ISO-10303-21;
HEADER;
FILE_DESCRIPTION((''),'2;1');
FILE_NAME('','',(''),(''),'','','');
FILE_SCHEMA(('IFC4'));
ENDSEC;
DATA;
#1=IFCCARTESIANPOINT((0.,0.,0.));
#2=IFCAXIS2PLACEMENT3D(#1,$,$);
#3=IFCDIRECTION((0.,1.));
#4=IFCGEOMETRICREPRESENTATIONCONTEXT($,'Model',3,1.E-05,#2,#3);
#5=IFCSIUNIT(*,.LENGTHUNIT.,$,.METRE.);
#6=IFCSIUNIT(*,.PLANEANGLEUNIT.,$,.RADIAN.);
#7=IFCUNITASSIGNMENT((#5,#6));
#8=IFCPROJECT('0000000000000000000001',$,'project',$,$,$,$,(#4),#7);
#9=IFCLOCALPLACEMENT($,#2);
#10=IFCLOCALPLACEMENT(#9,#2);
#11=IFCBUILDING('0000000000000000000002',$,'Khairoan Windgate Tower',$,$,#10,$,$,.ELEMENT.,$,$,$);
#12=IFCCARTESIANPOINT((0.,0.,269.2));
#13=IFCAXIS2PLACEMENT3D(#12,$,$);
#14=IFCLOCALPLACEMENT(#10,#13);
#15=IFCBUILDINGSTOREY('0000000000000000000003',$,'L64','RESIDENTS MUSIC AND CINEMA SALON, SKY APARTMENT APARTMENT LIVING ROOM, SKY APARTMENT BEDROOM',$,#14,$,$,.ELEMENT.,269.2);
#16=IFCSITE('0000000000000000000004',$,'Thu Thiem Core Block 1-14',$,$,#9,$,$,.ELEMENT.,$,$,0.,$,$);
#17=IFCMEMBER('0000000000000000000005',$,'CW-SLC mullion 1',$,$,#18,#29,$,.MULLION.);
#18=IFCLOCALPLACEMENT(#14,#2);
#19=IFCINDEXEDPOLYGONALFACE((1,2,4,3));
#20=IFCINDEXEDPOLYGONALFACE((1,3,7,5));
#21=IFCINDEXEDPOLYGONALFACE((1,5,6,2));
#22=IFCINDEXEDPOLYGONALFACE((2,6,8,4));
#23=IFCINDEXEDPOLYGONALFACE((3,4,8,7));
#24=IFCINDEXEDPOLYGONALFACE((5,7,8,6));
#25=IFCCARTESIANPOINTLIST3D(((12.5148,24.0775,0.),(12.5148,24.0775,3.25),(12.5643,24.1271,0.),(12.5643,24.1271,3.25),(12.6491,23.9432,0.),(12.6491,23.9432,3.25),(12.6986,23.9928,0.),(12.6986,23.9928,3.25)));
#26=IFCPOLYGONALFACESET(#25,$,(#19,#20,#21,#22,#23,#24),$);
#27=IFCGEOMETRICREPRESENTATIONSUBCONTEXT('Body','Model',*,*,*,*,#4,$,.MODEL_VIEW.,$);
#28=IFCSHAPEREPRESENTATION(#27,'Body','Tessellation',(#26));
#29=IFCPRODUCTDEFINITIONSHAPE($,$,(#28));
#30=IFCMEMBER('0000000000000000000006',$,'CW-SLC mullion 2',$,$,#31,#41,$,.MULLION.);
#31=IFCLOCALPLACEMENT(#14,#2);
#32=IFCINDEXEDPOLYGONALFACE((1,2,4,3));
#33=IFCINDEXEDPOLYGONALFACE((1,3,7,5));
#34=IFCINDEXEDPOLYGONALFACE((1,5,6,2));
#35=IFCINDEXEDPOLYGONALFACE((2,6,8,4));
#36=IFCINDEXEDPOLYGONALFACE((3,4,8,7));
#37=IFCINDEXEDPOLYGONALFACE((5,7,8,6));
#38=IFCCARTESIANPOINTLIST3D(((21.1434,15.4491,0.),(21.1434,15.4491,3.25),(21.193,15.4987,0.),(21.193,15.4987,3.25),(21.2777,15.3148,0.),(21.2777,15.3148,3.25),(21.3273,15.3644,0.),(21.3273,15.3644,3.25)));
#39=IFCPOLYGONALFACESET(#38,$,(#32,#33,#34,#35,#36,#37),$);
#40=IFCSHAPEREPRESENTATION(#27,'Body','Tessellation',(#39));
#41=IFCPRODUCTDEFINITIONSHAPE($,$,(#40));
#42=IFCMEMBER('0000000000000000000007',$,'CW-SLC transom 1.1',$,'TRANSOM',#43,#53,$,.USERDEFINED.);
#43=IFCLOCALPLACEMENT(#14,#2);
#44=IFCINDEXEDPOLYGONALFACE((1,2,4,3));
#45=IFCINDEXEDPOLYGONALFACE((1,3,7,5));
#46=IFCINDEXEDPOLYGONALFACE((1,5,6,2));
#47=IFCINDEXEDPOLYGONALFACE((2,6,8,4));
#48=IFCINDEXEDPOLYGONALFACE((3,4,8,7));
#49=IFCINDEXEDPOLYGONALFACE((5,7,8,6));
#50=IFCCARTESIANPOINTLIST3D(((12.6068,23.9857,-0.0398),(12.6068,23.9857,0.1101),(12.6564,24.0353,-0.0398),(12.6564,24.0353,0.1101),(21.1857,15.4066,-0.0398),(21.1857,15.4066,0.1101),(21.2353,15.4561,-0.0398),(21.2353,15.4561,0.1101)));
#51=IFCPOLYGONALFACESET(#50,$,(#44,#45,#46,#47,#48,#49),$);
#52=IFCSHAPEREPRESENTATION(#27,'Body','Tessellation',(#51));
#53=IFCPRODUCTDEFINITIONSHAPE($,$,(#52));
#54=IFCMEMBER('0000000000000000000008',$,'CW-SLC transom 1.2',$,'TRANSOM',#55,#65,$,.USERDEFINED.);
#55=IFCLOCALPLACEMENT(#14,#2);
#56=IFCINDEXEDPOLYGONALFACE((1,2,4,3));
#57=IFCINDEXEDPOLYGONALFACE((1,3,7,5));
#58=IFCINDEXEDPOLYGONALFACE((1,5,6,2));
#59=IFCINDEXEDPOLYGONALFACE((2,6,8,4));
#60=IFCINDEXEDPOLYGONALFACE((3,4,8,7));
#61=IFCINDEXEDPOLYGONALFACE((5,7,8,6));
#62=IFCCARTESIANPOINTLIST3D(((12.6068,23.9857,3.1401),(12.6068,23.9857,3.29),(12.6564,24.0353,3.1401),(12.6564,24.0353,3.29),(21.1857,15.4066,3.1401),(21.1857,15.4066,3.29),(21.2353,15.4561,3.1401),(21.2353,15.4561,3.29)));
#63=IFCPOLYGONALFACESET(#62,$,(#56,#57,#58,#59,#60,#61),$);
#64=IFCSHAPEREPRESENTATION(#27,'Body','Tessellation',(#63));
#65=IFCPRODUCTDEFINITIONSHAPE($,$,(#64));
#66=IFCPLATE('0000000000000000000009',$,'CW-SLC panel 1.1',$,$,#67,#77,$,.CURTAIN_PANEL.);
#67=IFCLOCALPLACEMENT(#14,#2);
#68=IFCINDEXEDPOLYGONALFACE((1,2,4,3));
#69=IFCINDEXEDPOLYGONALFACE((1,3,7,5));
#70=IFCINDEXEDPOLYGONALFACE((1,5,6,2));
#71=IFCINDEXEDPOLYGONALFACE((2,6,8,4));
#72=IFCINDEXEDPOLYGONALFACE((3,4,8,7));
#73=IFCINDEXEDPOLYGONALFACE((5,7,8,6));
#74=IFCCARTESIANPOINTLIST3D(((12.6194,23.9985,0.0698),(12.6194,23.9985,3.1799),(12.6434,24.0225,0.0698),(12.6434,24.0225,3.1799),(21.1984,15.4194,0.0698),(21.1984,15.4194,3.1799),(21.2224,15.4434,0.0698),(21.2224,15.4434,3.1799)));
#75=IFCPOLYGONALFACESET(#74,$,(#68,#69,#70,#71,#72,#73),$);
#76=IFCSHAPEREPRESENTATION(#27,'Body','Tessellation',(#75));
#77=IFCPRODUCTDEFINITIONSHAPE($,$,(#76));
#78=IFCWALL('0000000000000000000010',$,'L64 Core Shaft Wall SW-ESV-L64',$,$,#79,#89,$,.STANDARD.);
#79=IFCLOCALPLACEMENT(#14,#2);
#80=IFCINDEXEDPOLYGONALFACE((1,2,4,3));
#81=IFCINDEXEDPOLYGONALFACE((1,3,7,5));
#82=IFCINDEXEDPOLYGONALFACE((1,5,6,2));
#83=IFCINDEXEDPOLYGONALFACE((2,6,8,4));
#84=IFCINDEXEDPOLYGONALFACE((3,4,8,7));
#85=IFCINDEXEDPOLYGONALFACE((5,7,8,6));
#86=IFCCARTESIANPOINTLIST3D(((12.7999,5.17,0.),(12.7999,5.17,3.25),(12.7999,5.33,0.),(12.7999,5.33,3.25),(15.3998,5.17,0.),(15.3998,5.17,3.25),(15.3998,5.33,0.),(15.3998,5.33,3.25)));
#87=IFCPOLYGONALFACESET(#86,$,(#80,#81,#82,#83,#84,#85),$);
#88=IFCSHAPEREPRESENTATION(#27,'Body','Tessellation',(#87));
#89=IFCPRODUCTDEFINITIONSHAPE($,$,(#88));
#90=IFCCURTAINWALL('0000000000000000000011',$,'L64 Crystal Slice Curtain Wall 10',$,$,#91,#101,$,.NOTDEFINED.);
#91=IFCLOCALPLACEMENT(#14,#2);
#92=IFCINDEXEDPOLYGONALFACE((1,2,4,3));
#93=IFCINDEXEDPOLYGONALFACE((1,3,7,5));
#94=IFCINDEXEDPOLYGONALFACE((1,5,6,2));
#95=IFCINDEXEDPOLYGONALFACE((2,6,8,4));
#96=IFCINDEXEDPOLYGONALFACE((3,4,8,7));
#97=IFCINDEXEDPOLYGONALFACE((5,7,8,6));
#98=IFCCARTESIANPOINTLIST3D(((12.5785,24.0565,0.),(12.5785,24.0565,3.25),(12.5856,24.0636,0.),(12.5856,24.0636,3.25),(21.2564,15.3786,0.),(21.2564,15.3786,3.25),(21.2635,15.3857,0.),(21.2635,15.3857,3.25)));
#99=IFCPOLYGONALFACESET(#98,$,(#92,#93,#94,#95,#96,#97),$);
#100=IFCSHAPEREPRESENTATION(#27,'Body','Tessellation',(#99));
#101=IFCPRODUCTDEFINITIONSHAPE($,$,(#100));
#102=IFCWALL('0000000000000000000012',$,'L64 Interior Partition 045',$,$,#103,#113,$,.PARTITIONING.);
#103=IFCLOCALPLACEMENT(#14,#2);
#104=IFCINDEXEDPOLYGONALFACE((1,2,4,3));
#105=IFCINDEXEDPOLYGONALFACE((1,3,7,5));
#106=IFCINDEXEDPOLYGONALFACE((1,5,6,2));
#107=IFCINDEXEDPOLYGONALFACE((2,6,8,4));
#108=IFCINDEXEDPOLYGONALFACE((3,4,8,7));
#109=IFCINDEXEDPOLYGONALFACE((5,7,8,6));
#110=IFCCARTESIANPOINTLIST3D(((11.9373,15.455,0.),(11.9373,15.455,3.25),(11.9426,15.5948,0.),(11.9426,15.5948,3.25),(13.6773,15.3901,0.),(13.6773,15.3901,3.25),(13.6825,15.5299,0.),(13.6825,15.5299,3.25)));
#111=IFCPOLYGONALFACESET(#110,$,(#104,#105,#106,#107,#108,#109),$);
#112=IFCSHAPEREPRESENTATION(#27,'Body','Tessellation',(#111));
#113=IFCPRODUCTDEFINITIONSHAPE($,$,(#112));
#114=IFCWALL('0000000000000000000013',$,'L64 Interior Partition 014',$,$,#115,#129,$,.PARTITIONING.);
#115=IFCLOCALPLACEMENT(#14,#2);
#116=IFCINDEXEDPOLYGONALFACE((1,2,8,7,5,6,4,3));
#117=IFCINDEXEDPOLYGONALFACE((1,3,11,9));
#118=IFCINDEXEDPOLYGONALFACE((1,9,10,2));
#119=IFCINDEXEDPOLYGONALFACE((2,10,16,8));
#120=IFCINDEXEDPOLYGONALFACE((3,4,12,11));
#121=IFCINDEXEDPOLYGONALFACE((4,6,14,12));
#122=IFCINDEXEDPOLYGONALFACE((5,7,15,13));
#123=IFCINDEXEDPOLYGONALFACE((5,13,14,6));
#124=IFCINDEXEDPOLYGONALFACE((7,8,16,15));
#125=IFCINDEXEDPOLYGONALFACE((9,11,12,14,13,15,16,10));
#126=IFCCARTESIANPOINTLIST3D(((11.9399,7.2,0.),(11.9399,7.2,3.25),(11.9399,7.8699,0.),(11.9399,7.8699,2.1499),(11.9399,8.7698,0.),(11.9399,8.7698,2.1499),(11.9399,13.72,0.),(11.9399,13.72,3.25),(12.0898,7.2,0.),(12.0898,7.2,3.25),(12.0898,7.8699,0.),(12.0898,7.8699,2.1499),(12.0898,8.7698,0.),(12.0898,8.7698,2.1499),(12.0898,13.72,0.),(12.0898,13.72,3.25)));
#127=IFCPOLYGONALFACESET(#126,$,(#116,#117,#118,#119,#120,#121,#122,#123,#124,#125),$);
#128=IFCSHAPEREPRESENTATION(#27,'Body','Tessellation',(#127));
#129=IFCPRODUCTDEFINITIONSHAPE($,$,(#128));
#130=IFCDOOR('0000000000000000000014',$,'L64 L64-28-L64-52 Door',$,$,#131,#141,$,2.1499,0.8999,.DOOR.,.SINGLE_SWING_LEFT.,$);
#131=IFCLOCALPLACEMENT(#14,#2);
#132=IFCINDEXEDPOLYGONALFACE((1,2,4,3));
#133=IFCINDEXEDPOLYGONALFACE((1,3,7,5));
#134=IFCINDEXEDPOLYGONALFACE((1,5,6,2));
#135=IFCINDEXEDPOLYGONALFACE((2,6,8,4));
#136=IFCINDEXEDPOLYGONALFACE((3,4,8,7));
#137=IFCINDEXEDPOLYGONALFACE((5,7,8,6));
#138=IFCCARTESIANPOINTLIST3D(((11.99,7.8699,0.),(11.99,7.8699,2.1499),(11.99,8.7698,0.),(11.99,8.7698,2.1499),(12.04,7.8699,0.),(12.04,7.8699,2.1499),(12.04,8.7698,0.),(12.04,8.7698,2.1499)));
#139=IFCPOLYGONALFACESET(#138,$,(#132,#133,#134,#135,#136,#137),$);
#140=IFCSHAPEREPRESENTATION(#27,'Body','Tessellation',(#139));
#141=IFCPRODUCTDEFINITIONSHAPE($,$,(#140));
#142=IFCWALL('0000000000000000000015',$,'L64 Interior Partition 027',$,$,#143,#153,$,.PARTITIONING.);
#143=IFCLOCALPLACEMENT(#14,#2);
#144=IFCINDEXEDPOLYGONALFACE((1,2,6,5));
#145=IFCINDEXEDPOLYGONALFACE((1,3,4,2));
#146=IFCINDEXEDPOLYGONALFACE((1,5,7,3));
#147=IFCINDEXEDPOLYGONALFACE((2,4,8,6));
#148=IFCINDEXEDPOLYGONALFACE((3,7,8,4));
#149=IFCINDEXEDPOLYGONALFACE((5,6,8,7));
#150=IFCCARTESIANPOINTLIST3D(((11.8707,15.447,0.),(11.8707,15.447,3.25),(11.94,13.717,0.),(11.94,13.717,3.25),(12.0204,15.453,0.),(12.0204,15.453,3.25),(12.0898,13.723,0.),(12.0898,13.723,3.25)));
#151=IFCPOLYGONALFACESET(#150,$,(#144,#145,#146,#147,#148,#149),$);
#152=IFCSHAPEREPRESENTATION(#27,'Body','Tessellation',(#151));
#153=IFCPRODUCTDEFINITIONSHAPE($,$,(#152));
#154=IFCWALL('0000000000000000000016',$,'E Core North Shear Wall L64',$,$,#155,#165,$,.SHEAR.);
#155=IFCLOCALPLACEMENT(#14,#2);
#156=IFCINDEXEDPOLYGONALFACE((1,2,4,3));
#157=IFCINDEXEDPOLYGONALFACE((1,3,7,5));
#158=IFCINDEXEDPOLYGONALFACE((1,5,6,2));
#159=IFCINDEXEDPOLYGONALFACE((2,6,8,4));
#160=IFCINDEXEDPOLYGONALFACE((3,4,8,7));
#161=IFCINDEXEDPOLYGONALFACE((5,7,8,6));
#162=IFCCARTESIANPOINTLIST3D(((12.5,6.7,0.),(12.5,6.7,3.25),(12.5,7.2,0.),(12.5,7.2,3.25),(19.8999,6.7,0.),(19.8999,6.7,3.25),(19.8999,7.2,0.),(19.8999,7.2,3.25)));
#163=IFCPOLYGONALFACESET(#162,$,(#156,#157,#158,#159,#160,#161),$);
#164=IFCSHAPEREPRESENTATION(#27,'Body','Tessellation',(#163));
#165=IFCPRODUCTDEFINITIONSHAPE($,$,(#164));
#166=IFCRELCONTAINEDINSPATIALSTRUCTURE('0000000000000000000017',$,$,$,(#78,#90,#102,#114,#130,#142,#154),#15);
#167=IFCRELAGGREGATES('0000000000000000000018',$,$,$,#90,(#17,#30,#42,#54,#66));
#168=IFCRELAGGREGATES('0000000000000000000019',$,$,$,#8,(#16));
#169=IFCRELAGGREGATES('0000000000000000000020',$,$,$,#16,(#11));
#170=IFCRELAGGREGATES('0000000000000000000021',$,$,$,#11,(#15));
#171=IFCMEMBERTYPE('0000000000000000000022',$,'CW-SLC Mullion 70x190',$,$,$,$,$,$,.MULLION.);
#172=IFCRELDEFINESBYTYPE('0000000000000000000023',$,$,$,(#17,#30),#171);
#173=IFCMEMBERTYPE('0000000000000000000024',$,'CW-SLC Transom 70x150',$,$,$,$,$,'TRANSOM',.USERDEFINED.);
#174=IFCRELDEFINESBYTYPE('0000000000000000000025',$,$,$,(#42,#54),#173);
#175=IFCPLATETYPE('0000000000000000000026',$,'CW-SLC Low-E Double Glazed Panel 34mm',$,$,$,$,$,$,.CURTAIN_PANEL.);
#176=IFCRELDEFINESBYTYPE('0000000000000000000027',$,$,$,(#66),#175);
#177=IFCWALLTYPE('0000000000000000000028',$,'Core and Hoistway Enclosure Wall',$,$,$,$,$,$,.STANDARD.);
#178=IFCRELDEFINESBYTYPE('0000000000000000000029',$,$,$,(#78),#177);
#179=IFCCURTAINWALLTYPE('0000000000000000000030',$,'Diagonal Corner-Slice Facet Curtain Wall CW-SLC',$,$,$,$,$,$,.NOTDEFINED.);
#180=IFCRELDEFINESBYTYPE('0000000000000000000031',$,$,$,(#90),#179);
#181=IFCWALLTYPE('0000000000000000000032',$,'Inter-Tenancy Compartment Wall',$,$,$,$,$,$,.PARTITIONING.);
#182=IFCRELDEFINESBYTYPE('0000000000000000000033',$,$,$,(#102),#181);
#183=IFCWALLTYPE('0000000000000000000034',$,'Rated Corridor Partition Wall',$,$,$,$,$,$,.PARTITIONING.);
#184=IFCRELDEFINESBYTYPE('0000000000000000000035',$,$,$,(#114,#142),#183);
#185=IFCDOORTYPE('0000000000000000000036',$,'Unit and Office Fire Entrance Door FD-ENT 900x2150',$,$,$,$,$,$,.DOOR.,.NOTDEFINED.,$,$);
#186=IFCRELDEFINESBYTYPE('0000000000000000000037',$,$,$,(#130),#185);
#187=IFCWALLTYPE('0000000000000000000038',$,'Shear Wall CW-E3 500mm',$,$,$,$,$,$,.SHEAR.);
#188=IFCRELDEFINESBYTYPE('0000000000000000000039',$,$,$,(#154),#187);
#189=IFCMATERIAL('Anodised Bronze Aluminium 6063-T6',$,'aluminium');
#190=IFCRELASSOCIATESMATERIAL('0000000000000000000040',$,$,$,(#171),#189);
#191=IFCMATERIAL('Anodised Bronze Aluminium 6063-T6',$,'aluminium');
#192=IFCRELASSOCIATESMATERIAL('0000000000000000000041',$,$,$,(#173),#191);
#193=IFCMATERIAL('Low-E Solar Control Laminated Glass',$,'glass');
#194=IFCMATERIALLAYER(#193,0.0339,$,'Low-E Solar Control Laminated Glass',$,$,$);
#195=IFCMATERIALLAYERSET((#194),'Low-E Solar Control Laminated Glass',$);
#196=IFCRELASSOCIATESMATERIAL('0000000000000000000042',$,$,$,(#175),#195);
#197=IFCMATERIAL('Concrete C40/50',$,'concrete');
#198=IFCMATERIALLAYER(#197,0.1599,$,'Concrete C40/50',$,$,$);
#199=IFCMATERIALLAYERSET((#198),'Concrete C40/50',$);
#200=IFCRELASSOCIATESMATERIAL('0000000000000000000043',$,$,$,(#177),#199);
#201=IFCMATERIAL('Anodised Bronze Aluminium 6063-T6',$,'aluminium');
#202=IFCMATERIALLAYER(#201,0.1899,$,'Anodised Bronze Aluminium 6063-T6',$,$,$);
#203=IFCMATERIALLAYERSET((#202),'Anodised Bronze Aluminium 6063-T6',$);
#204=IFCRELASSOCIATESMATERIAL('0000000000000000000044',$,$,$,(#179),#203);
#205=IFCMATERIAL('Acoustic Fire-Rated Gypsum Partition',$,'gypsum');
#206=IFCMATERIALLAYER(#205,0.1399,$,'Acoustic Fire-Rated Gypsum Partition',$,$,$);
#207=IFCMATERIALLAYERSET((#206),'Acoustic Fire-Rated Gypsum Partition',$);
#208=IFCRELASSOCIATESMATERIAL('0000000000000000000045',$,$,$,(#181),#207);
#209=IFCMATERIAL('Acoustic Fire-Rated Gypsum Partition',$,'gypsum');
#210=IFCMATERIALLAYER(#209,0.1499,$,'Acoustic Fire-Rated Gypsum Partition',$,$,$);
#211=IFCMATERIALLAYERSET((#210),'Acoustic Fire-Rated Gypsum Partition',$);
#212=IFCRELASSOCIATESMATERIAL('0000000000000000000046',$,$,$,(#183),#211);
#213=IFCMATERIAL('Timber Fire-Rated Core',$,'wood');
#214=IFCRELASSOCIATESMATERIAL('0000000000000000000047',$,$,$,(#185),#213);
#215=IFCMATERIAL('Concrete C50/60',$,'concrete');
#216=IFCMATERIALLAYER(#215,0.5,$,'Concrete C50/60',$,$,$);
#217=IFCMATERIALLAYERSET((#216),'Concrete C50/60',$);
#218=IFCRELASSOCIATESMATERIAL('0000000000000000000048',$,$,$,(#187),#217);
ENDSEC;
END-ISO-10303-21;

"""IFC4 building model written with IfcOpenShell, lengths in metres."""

from ifc_helpers import new_model, si_unit, direction, frame, frame_2d, origin, origin_2d, place, context, subcontext, project, spatial, rectangle, extrude, material, layer, layer_set, material_profile, profile_set, type_object, element, fill, aggregate, save


model = new_model("IFC4")

# Units and contexts
model_context = context("Model", 3, precision=1e-05, world=origin(), true_north=direction((0.0, 1.0)))
body_context = subcontext(model_context, "Body", "Model", "MODEL_VIEW")
ifc_project = project(units=[si_unit("LENGTHUNIT", "METRE"), si_unit("PLANEANGLEUNIT", "RADIAN")], contexts=[model_context])

# Site, building, storey
site_placement = place(None, origin())
site = spatial("IfcSite", under=ifc_project, at=site_placement, Name="Thu Thiem Core Block 1-14", CompositionType="ELEMENT", RefElevation=0.0)
building_placement = place(site_placement, origin())
building = spatial("IfcBuilding", under=site, at=building_placement, Name="Khairoan Windgate Tower", CompositionType="ELEMENT")
storey_placement = place(building_placement, frame((0.0, 0.0, 269.2)))
storey = spatial("IfcBuildingStorey", under=building, at=storey_placement, Name="L64", Description="RESIDENTS MUSIC AND CINEMA SALON, SKY APARTMENT APARTMENT LIVING ROOM, SKY APARTMENT BEDROOM", CompositionType="ELEMENT", Elevation=269.2)

# Members
ifc_material_1 = material(Name="Anodised Bronze Aluminium 6063-T6", Category="aluminium")
ifc_material_profile_1 = material_profile(ifc_material_1, rectangle(XDim=0.0701, YDim=0.1899, at=origin_2d()))
ifc_profile_set_1 = profile_set([ifc_material_profile_1], Name="Anodised Bronze Aluminium 6063-T6")
member_type_1 = type_object("IfcMemberType", Name="CW-SLC Mullion 70x190", PredefinedType="MULLION", material=ifc_profile_set_1)
member_1_placement = place(storey_placement, frame((12.6067, 24.0352, 0.0), z_axis=(0.0, 0.0, 1.0), x_axis=(0.707107, 0.707107, 0.0)))
member_1 = element("IfcMember", 1, at=member_1_placement, type_object=member_type_1, Name="CW-SLC mullion 1", PredefinedType="MULLION", context=body_context, shape_type="SweptSolid", body=[
    extrude(rectangle(XDim=0.0701, YDim=0.1899, at=origin_2d()), origin(), (0.0, 0.0, 1.0), 3.25),
])
member_2_placement = place(storey_placement, frame((21.2354, 15.4067, 0.0), z_axis=(0.0, 0.0, 1.0), x_axis=(0.707107, 0.707107, 0.0)))
member_2 = element("IfcMember", 2, at=member_2_placement, type_object=member_type_1, Name="CW-SLC mullion 2", PredefinedType="MULLION", context=body_context, shape_type="SweptSolid", body=[
    extrude(rectangle(XDim=0.0701, YDim=0.1899, at=origin_2d()), origin(), (0.0, 0.0, 1.0), 3.25),
])
ifc_material_2 = material(Name="Anodised Bronze Aluminium 6063-T6", Category="aluminium")
ifc_material_profile_2 = material_profile(ifc_material_2, rectangle(XDim=0.0701, YDim=0.1499, at=origin_2d()))
ifc_profile_set_2 = profile_set([ifc_material_profile_2], Name="Anodised Bronze Aluminium 6063-T6")
member_type_2 = type_object("IfcMemberType", Name="CW-SLC Transom 70x150", ElementType="TRANSOM", PredefinedType="USERDEFINED", material=ifc_profile_set_2)
member_3_placement = place(storey_placement, frame((12.6316, 24.0105, 0.0352), z_axis=(0.707097, -0.707117, 0.0), x_axis=(0.707117, 0.707097, 0.0)))
member_3 = element("IfcMember", 3, at=member_3_placement, type_object=member_type_2, Name="CW-SLC transom 1.1", ObjectType="TRANSOM", PredefinedType="USERDEFINED", context=body_context, shape_type="SweptSolid", body=[
    extrude(rectangle(XDim=0.0701, YDim=0.1499, at=origin_2d()), origin(), (0.0, 0.0, 1.0), 12.1326),
])
member_4_placement = place(storey_placement, frame((12.6316, 24.0105, 3.2151), z_axis=(0.707097, -0.707117, 0.0), x_axis=(0.707117, 0.707097, 0.0)))
member_4 = element("IfcMember", 4, at=member_4_placement, type_object=member_type_2, Name="CW-SLC transom 1.2", ObjectType="TRANSOM", PredefinedType="USERDEFINED", context=body_context, shape_type="SweptSolid", body=[
    extrude(rectangle(XDim=0.0701, YDim=0.1499, at=origin_2d()), origin(), (0.0, 0.0, 1.0), 12.1326),
])

# Plate
ifc_material_3 = material(Name="Low-E Solar Control Laminated Glass", Category="glass")
ifc_layer_1 = layer(ifc_material_3, 0.0339, Name="Low-E Solar Control Laminated Glass")
ifc_layer_set_1 = layer_set([ifc_layer_1], Name="Low-E Solar Control Laminated Glass")
plate_type_1 = type_object("IfcPlateType", Name="CW-SLC Low-E Double Glazed Panel 34mm", PredefinedType="CURTAIN_PANEL", material=ifc_layer_set_1)
plate_1_placement = place(storey_placement, frame((16.9209, 19.7209, 0.0698), z_axis=(0.0, 0.0, 1.0), x_axis=(0.707107, -0.707107, 0.0)))
plate_1 = element("IfcPlate", 5, at=plate_1_placement, type_object=plate_type_1, Name="CW-SLC panel 1.1", PredefinedType="CURTAIN_PANEL", context=body_context, shape_type="SweptSolid", body=[
    extrude(rectangle(XDim=12.1326, YDim=0.0339, at=origin_2d()), origin(), (0.0, 0.0, 1.0), 3.1101),
])

# Wall
ifc_material_4 = material(Name="Concrete C40/50", Category="concrete")
ifc_layer_2 = layer(ifc_material_4, 0.1599, Name="Concrete C40/50")
ifc_layer_set_2 = layer_set([ifc_layer_2], Name="Concrete C40/50")
wall_type_1 = type_object("IfcWallType", Name="Core and Hoistway Enclosure Wall", PredefinedType="STANDARD", material=ifc_layer_set_2)
wall_1_placement = place(storey_placement, frame((12.8, 5.25, 0.0), z_axis=(0.0, 0.0, 1.0), x_axis=(1.0, 0.0, 0.0)))
element("IfcWall", 6, at=wall_1_placement, inside=storey, type_object=wall_type_1, Name="L64 Core Shaft Wall SW-ESV-L64", PredefinedType="STANDARD", context=body_context, shape_type="SweptSolid", body=[
    extrude(rectangle(XDim=2.5999, YDim=0.1599, at=frame_2d((1.2998, 0.0))), origin(), (0.0, 0.0, 1.0), 3.25),
])

# Curtain wall
ifc_material_5 = material(Name="Anodised Bronze Aluminium 6063-T6", Category="aluminium")
ifc_layer_3 = layer(ifc_material_5, 0.1899, Name="Anodised Bronze Aluminium 6063-T6")
ifc_layer_set_3 = layer_set([ifc_layer_3], Name="Anodised Bronze Aluminium 6063-T6")
curtain_wall_type_1 = type_object("IfcCurtainWallType", Name="Diagonal Corner-Slice Facet Curtain Wall CW-SLC", PredefinedType="NOTDEFINED", material=ifc_layer_set_3)
curtain_wall_1_placement = place(storey_placement, frame((12.582, 24.0601, 0.0), z_axis=(0.0, 0.0, 1.0), x_axis=(0.707107, -0.707107, 0.0)))
curtain_wall_1 = element("IfcCurtainWall", 7, at=curtain_wall_1_placement, inside=storey, type_object=curtain_wall_type_1, Name="L64 Crystal Slice Curtain Wall 10", PredefinedType="NOTDEFINED", context=body_context, shape_type="SweptSolid", body=[
    extrude(rectangle(XDim=12.2725, YDim=0.01, at=frame_2d((6.1362, 0.0))), origin(), (0.0, 0.0, 1.0), 3.25),
])
aggregate(curtain_wall_1, [member_1, member_2, member_3, member_4, plate_1])

# Wall
ifc_material_6 = material(Name="Acoustic Fire-Rated Gypsum Partition", Category="gypsum")
ifc_layer_4 = layer(ifc_material_6, 0.1399, Name="Acoustic Fire-Rated Gypsum Partition")
ifc_layer_set_4 = layer_set([ifc_layer_4], Name="Acoustic Fire-Rated Gypsum Partition")
wall_type_2 = type_object("IfcWallType", Name="Inter-Tenancy Compartment Wall", PredefinedType="PARTITIONING", material=ifc_layer_set_4)
wall_2_placement = place(storey_placement, frame((11.9399, 15.5249, 0.0), z_axis=(0.0, 0.0, 1.0), x_axis=(0.999304, -0.037297, 0.0)))
element("IfcWall", 8, at=wall_2_placement, inside=storey, type_object=wall_type_2, Name="L64 Interior Partition 045", PredefinedType="PARTITIONING", context=body_context, shape_type="SweptSolid", body=[
    extrude(rectangle(XDim=1.7412, YDim=0.1399, at=frame_2d((0.8706, 0.0))), origin(), (0.0, 0.0, 1.0), 3.25),
])

# Wall, opening, door
ifc_material_7 = material(Name="Acoustic Fire-Rated Gypsum Partition", Category="gypsum")
ifc_layer_5 = layer(ifc_material_7, 0.1499, Name="Acoustic Fire-Rated Gypsum Partition")
ifc_layer_set_5 = layer_set([ifc_layer_5], Name="Acoustic Fire-Rated Gypsum Partition")
wall_type_3 = type_object("IfcWallType", Name="Rated Corridor Partition Wall", PredefinedType="PARTITIONING", material=ifc_layer_set_5)
wall_3_placement = place(storey_placement, frame((12.0149, 7.2, 0.0), z_axis=(0.0, 0.0, 1.0), x_axis=(0.0, 1.0, 0.0)))
wall_3 = element("IfcWall", 9, at=wall_3_placement, inside=storey, type_object=wall_type_3, Name="L64 Interior Partition 014", PredefinedType="PARTITIONING", context=body_context, shape_type="SweptSolid", body=[
    extrude(rectangle(XDim=6.52, YDim=0.1499, at=frame_2d((3.26, 0.0))), origin(), (0.0, 0.0, 1.0), 3.25),
])
opening_placement = place(wall_3_placement, frame((0.6699, 0.0, 0.0)))
opening = element("IfcOpeningElement", 10, at=opening_placement, cuts=wall_3, PredefinedType="OPENING", context=body_context, shape_type="SweptSolid", body=[
    extrude(rectangle(XDim=0.8999, YDim=2.1499, at=frame_2d((0.45, 1.075))), frame((0.0, 0.085, 0.0), z_axis=(0.0, -1.0, 0.0), x_axis=(1.0, 0.0, 0.0)), (0.0, 0.0, 1.0), 0.1699),
])
ifc_material_8 = material(Name="Timber Fire-Rated Core", Category="wood")
door_type = type_object("IfcDoorType", Name="Unit and Office Fire Entrance Door FD-ENT 900x2150", OperationType="NOTDEFINED", PredefinedType="DOOR", material=ifc_material_8)
door_placement = place(opening_placement, origin())
door = element("IfcDoor", 11, at=door_placement, inside=storey, type_object=door_type, Name="L64 L64-28-L64-52 Door", OperationType="SINGLE_SWING_LEFT", OverallHeight=2.1499, OverallWidth=0.8999, PredefinedType="DOOR", context=body_context, shape_type="SweptSolid", body=[
    extrude(rectangle(XDim=0.8999, YDim=2.1499, at=frame_2d((0.45, 1.075))), frame((0.0, 0.0249, 0.0), z_axis=(0.0, -1.0, 0.0), x_axis=(1.0, 0.0, 0.0)), (0.0, 0.0, 1.0), 0.05),
])
fill(opening, door)

# Walls
wall_4_placement = place(storey_placement, frame((12.0149, 13.72, 0.0), z_axis=(0.0, 0.0, 1.0), x_axis=(-0.040047, 0.999198, 0.0)))
element("IfcWall", 12, at=wall_4_placement, inside=storey, type_object=wall_type_3, Name="L64 Interior Partition 027", PredefinedType="PARTITIONING", context=body_context, shape_type="SweptSolid", body=[
    extrude(rectangle(XDim=1.7314, YDim=0.1499, at=frame_2d((0.8657, 0.0))), origin(), (0.0, 0.0, 1.0), 3.25),
])
ifc_material_9 = material(Name="Concrete C50/60", Category="concrete")
ifc_layer_6 = layer(ifc_material_9, 0.5, Name="Concrete C50/60")
ifc_layer_set_6 = layer_set([ifc_layer_6], Name="Concrete C50/60")
wall_type_4 = type_object("IfcWallType", Name="Shear Wall CW-E3 500mm", PredefinedType="SHEAR", material=ifc_layer_set_6)
wall_5_placement = place(storey_placement, frame((12.5, 6.95, 0.0), z_axis=(0.0, 0.0, 1.0), x_axis=(1.0, 0.0, 0.0)))
element("IfcWall", 13, at=wall_5_placement, inside=storey, type_object=wall_type_4, Name="E Core North Shear Wall L64", PredefinedType="SHEAR", context=body_context, shape_type="SweptSolid", body=[
    extrude(rectangle(XDim=7.3999, YDim=0.5, at=frame_2d((3.7, 0.0))), origin(), (0.0, 0.0, 1.0), 3.25),
])

save(model, "model.ifc")
